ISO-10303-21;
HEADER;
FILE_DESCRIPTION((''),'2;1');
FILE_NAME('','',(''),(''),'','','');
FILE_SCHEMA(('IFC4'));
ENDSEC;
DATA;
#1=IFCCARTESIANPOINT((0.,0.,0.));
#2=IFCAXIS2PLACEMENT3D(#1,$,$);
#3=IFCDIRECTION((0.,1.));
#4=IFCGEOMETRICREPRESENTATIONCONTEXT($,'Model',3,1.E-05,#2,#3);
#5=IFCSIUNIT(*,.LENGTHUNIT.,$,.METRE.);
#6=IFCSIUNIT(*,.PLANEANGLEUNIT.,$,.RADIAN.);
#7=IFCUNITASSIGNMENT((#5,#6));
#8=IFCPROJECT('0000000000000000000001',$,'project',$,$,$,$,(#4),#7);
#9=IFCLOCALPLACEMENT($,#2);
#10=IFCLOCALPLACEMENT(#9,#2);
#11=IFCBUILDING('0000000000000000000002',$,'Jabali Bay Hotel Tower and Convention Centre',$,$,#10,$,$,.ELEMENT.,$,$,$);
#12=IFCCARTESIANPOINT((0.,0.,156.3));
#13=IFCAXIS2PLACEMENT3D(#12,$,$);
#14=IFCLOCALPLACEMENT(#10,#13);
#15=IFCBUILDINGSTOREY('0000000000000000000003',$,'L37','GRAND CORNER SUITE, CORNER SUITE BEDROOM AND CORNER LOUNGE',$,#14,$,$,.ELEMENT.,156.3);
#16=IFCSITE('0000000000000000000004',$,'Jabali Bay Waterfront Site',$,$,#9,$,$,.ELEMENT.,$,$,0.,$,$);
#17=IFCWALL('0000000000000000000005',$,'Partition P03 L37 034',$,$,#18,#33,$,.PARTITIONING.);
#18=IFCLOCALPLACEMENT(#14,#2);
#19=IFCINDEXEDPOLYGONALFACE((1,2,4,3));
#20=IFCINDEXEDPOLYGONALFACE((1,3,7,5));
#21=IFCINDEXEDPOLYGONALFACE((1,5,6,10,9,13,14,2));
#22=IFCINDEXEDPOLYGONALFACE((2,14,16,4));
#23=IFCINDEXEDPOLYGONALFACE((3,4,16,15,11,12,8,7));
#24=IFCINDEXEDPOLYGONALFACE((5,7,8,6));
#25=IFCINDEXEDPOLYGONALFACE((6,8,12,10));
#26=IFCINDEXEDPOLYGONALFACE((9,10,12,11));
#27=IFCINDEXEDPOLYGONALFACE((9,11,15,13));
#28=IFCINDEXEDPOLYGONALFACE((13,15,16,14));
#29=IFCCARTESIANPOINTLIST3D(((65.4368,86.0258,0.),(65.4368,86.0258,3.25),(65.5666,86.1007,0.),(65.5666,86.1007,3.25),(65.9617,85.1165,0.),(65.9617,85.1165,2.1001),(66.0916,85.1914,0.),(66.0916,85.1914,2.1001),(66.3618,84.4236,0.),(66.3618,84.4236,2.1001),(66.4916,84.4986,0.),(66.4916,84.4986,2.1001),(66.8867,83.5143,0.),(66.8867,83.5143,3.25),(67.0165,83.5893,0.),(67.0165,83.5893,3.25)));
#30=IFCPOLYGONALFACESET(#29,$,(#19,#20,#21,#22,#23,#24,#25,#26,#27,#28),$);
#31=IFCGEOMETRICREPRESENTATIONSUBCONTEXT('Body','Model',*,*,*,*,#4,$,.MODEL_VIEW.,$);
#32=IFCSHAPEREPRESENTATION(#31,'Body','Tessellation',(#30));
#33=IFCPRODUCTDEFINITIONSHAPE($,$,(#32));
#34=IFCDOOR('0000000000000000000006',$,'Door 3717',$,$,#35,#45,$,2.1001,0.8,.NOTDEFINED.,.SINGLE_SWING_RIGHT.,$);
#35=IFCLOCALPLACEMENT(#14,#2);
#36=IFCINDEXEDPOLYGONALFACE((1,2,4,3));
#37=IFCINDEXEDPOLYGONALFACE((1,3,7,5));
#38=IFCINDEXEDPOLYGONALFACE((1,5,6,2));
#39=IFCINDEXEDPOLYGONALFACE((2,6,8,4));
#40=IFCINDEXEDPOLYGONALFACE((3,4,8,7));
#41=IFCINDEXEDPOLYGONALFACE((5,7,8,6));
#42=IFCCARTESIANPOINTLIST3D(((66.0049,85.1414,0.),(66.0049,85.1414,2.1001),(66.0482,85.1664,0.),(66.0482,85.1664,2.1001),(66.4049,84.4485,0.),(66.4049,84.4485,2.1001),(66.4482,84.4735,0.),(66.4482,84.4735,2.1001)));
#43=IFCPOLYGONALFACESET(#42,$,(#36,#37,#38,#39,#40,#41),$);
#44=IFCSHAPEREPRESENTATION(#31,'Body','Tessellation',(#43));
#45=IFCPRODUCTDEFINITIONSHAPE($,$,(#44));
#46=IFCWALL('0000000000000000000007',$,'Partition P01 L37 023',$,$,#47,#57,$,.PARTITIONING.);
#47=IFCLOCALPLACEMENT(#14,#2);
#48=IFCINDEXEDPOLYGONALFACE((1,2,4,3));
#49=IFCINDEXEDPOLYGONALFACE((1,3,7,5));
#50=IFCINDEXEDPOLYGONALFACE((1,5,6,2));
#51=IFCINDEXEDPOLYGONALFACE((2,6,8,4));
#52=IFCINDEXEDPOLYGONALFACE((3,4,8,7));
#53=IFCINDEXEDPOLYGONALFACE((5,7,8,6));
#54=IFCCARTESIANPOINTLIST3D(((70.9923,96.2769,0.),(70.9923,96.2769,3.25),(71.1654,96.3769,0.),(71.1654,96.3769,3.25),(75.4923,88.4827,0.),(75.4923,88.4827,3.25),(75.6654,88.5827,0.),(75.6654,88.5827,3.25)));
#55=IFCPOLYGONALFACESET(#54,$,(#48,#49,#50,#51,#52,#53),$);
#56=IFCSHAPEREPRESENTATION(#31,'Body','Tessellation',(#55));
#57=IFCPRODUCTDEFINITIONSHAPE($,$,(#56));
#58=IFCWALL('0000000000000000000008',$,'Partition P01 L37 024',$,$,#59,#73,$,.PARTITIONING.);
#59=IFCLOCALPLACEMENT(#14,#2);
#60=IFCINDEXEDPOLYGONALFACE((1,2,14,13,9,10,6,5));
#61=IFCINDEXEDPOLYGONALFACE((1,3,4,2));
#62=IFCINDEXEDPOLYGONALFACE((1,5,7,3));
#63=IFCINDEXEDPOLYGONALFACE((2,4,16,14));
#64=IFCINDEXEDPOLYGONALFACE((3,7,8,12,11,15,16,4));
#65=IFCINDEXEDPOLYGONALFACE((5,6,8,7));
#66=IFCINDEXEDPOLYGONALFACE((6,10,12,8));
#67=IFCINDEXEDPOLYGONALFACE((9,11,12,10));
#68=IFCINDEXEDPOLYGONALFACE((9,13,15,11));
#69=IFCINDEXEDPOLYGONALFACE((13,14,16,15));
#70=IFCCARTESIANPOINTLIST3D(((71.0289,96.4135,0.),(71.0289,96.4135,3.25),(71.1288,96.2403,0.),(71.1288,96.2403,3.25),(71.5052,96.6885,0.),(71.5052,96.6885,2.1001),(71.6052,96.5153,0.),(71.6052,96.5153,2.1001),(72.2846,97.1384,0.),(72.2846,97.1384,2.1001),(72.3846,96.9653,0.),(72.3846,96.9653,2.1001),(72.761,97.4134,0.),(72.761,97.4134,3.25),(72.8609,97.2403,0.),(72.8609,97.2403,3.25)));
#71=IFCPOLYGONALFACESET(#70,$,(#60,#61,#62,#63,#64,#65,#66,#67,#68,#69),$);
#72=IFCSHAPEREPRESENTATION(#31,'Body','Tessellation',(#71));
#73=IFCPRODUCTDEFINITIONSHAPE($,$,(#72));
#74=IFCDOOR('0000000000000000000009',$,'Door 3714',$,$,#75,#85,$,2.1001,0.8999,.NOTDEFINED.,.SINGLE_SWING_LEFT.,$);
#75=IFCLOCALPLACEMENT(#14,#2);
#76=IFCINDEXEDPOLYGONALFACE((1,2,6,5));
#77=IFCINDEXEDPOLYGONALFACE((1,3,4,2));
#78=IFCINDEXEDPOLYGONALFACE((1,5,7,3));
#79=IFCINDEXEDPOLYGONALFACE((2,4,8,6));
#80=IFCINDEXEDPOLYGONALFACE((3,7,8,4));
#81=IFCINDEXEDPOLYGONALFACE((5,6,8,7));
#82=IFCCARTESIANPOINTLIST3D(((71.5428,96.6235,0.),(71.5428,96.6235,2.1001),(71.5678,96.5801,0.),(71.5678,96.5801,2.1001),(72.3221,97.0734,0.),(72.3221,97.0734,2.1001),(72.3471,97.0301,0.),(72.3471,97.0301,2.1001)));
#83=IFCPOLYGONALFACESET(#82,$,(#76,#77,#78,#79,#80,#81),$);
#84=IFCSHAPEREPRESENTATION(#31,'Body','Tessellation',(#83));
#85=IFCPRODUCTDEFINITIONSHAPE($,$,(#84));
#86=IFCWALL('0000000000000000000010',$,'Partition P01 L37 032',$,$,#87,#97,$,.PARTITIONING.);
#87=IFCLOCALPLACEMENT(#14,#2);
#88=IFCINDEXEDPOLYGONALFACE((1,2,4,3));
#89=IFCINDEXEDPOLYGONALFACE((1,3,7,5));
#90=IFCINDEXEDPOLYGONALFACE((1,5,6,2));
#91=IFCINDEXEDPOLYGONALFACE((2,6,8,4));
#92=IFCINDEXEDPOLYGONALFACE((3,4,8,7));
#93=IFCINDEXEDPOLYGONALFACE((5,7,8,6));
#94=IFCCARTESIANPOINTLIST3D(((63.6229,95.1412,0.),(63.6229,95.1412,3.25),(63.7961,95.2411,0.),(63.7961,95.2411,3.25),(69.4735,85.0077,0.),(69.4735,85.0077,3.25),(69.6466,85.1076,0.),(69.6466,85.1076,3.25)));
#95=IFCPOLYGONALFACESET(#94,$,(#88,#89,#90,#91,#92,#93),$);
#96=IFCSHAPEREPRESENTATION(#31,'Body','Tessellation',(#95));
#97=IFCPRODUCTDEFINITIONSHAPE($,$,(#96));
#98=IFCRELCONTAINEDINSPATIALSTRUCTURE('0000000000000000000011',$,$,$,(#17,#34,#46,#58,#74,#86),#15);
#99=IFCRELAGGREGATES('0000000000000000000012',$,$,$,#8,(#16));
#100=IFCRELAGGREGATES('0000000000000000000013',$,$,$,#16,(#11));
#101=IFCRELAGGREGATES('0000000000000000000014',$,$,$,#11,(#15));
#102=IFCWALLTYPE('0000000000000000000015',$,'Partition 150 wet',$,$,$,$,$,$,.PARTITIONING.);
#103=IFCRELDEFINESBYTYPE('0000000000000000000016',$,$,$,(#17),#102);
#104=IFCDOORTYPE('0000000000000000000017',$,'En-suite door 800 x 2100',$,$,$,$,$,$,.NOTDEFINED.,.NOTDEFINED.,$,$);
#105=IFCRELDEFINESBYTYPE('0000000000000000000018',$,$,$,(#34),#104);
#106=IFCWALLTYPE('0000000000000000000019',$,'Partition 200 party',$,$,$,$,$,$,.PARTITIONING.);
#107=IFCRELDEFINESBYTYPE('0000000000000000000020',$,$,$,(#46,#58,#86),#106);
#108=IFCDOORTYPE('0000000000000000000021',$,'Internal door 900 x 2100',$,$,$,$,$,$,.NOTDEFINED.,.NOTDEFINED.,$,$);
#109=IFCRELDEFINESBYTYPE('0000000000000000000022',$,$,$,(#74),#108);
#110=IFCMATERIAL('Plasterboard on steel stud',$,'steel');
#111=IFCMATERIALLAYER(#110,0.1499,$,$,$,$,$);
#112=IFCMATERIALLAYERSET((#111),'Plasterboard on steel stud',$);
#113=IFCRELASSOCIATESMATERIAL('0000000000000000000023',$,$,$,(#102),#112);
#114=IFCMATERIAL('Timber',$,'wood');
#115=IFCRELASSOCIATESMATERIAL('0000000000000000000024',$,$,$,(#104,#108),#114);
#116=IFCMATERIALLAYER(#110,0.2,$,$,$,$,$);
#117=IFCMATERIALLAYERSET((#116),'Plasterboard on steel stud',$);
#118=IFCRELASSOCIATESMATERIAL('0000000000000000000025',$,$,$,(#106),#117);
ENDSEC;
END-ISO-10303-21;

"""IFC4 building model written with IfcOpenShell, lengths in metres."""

from ifc_helpers import new_model, si_unit, direction, frame, frame_2d, origin, place, context, subcontext, project, spatial, rectangle, extrude, material, layer, layer_set, type_object, element, fill, save


model = new_model("IFC4")

# Units and contexts
model_context = context("Model", 3, precision=1e-05, world=origin(), true_north=direction((0.0, 1.0)))
body_context = subcontext(model_context, "Body", "Model", "MODEL_VIEW")
ifc_project = project(units=[si_unit("LENGTHUNIT", "METRE"), si_unit("PLANEANGLEUNIT", "RADIAN")], contexts=[model_context])

# Site, building, storey
site_placement = place(None, origin())
site = spatial("IfcSite", under=ifc_project, at=site_placement, Name="Jabali Bay Waterfront Site", CompositionType="ELEMENT", RefElevation=0.0)
building_placement = place(site_placement, origin())
building = spatial("IfcBuilding", under=site, at=building_placement, Name="Jabali Bay Hotel Tower and Convention Centre", CompositionType="ELEMENT")
storey_placement = place(building_placement, frame((0.0, 0.0, 156.3)))
storey = spatial("IfcBuildingStorey", under=building, at=storey_placement, Name="L37", Description="GRAND CORNER SUITE, CORNER SUITE BEDROOM AND CORNER LOUNGE", CompositionType="ELEMENT", Elevation=156.3)

# Shared definitions
ifc_material_1 = material(Name="Timber", Category="wood")

# Shared definitions
ifc_material_2 = material(Name="Plasterboard on steel stud", Category="steel")
ifc_layer_1 = layer(ifc_material_2, 0.1499)
ifc_layer_set_1 = layer_set([ifc_layer_1], Name="Plasterboard on steel stud")
wall_type_1 = type_object("IfcWallType", Name="Partition 150 wet", PredefinedType="PARTITIONING", material=ifc_layer_set_1)

# Wall, opening, door
wall_1_placement = place(storey_placement, frame((65.5017, 86.0632, 0.0), z_axis=(0.0, 0.0, 1.0), x_axis=(0.499987, -0.866033, 0.0)))
wall_1 = element("IfcWall", 1, at=wall_1_placement, inside=storey, type_object=wall_type_1, Name="Partition P03 L37 034", PredefinedType="PARTITIONING", context=body_context, shape_type="SweptSolid", body=[
    extrude(rectangle(XDim=2.8999, YDim=0.1499, at=frame_2d((1.45, 0.0))), origin(), (0.0, 0.0, 1.0), 3.25),
])
opening_1_placement = place(wall_1_placement, frame((1.05, 0.0, 0.0)))
opening_1 = element("IfcOpeningElement", 2, at=opening_1_placement, cuts=wall_1, PredefinedType="OPENING", context=body_context, shape_type="SweptSolid", body=[
    extrude(rectangle(XDim=0.8, YDim=2.1001, at=frame_2d((0.3999, 1.05))), frame((0.0, 0.0854, 0.0), z_axis=(0.0, -1.0, 0.0), x_axis=(1.0, 0.0, 0.0)), (0.0, 0.0, 1.0), 0.1709),
])
door_type_1 = type_object("IfcDoorType", Name="En-suite door 800 x 2100", OperationType="NOTDEFINED", PredefinedType="NOTDEFINED", material=ifc_material_1)
door_1_placement = place(opening_1_placement, origin())
door_1 = element("IfcDoor", 3, at=door_1_placement, inside=storey, type_object=door_type_1, Name="Door 3717", OperationType="SINGLE_SWING_RIGHT", OverallHeight=2.1001, OverallWidth=0.8, PredefinedType="NOTDEFINED", context=body_context, shape_type="SweptSolid", body=[
    extrude(rectangle(XDim=0.8, YDim=2.1001, at=frame_2d((0.3999, 1.05))), frame((0.0, 0.0249, 0.0), z_axis=(0.0, -1.0, 0.0), x_axis=(1.0, 0.0, 0.0)), (0.0, 0.0, 1.0), 0.05),
])
fill(opening_1, door_1)

# Wall
ifc_layer_2 = layer(ifc_material_2, 0.2)
ifc_layer_set_2 = layer_set([ifc_layer_2], Name="Plasterboard on steel stud")
wall_type_2 = type_object("IfcWallType", Name="Partition 200 party", PredefinedType="PARTITIONING", material=ifc_layer_set_2)
wall_2_placement = place(storey_placement, frame((75.5789, 88.5327, 0.0), z_axis=(0.0, 0.0, 1.0), x_axis=(-0.500002, 0.866024, 0.0)))
element("IfcWall", 4, at=wall_2_placement, inside=storey, type_object=wall_type_2, Name="Partition P01 L37 023", PredefinedType="PARTITIONING", context=body_context, shape_type="SweptSolid", body=[
    extrude(rectangle(XDim=9.0, YDim=0.2, at=frame_2d((4.5, 0.0))), origin(), (0.0, 0.0, 1.0), 3.25),
])

# Wall, opening, door
wall_3_placement = place(storey_placement, frame((71.0789, 96.3269, 0.0), z_axis=(0.0, 0.0, 1.0), x_axis=(0.866041, 0.499973, 0.0)))
wall_3 = element("IfcWall", 5, at=wall_3_placement, inside=storey, type_object=wall_type_2, Name="Partition P01 L37 024", PredefinedType="PARTITIONING", context=body_context, shape_type="SweptSolid", body=[
    extrude(rectangle(XDim=2.0, YDim=0.2, at=frame_2d((1.0, 0.0))), origin(), (0.0, 0.0, 1.0), 3.25),
])
opening_2_placement = place(wall_3_placement, frame((0.55, 0.0, 0.0)))
opening_2 = element("IfcOpeningElement", 6, at=opening_2_placement, cuts=wall_3, PredefinedType="OPENING", context=body_context, shape_type="SweptSolid", body=[
    extrude(rectangle(XDim=0.8999, YDim=2.1001, at=frame_2d((0.45, 1.05))), frame((0.0, 0.1104, 0.0), z_axis=(0.0, -1.0, 0.0), x_axis=(1.0, 0.0, 0.0)), (0.0, 0.0, 1.0), 0.2209),
])
door_type_2 = type_object("IfcDoorType", Name="Internal door 900 x 2100", OperationType="NOTDEFINED", PredefinedType="NOTDEFINED", material=ifc_material_1)
door_2_placement = place(opening_2_placement, origin())
door_2 = element("IfcDoor", 7, at=door_2_placement, inside=storey, type_object=door_type_2, Name="Door 3714", OperationType="SINGLE_SWING_LEFT", OverallHeight=2.1001, OverallWidth=0.8999, PredefinedType="NOTDEFINED", context=body_context, shape_type="SweptSolid", body=[
    extrude(rectangle(XDim=0.8999, YDim=2.1001, at=frame_2d((0.45, 1.05))), frame((0.0, 0.0249, 0.0), z_axis=(0.0, -1.0, 0.0), x_axis=(1.0, 0.0, 0.0)), (0.0, 0.0, 1.0), 0.05),
])
fill(opening_2, door_2)

# Wall
wall_4_placement = place(storey_placement, frame((63.7095, 95.1912, 0.0), z_axis=(0.0, 0.0, 1.0), x_axis=(0.499999, -0.866026, 0.0)))
element("IfcWall", 8, at=wall_4_placement, inside=storey, type_object=wall_type_2, Name="Partition P01 L37 032", PredefinedType="PARTITIONING", context=body_context, shape_type="SweptSolid", body=[
    extrude(rectangle(XDim=11.7012, YDim=0.2, at=frame_2d((5.8506, 0.0))), origin(), (0.0, 0.0, 1.0), 3.25),
])

save(model, "model.ifc")
